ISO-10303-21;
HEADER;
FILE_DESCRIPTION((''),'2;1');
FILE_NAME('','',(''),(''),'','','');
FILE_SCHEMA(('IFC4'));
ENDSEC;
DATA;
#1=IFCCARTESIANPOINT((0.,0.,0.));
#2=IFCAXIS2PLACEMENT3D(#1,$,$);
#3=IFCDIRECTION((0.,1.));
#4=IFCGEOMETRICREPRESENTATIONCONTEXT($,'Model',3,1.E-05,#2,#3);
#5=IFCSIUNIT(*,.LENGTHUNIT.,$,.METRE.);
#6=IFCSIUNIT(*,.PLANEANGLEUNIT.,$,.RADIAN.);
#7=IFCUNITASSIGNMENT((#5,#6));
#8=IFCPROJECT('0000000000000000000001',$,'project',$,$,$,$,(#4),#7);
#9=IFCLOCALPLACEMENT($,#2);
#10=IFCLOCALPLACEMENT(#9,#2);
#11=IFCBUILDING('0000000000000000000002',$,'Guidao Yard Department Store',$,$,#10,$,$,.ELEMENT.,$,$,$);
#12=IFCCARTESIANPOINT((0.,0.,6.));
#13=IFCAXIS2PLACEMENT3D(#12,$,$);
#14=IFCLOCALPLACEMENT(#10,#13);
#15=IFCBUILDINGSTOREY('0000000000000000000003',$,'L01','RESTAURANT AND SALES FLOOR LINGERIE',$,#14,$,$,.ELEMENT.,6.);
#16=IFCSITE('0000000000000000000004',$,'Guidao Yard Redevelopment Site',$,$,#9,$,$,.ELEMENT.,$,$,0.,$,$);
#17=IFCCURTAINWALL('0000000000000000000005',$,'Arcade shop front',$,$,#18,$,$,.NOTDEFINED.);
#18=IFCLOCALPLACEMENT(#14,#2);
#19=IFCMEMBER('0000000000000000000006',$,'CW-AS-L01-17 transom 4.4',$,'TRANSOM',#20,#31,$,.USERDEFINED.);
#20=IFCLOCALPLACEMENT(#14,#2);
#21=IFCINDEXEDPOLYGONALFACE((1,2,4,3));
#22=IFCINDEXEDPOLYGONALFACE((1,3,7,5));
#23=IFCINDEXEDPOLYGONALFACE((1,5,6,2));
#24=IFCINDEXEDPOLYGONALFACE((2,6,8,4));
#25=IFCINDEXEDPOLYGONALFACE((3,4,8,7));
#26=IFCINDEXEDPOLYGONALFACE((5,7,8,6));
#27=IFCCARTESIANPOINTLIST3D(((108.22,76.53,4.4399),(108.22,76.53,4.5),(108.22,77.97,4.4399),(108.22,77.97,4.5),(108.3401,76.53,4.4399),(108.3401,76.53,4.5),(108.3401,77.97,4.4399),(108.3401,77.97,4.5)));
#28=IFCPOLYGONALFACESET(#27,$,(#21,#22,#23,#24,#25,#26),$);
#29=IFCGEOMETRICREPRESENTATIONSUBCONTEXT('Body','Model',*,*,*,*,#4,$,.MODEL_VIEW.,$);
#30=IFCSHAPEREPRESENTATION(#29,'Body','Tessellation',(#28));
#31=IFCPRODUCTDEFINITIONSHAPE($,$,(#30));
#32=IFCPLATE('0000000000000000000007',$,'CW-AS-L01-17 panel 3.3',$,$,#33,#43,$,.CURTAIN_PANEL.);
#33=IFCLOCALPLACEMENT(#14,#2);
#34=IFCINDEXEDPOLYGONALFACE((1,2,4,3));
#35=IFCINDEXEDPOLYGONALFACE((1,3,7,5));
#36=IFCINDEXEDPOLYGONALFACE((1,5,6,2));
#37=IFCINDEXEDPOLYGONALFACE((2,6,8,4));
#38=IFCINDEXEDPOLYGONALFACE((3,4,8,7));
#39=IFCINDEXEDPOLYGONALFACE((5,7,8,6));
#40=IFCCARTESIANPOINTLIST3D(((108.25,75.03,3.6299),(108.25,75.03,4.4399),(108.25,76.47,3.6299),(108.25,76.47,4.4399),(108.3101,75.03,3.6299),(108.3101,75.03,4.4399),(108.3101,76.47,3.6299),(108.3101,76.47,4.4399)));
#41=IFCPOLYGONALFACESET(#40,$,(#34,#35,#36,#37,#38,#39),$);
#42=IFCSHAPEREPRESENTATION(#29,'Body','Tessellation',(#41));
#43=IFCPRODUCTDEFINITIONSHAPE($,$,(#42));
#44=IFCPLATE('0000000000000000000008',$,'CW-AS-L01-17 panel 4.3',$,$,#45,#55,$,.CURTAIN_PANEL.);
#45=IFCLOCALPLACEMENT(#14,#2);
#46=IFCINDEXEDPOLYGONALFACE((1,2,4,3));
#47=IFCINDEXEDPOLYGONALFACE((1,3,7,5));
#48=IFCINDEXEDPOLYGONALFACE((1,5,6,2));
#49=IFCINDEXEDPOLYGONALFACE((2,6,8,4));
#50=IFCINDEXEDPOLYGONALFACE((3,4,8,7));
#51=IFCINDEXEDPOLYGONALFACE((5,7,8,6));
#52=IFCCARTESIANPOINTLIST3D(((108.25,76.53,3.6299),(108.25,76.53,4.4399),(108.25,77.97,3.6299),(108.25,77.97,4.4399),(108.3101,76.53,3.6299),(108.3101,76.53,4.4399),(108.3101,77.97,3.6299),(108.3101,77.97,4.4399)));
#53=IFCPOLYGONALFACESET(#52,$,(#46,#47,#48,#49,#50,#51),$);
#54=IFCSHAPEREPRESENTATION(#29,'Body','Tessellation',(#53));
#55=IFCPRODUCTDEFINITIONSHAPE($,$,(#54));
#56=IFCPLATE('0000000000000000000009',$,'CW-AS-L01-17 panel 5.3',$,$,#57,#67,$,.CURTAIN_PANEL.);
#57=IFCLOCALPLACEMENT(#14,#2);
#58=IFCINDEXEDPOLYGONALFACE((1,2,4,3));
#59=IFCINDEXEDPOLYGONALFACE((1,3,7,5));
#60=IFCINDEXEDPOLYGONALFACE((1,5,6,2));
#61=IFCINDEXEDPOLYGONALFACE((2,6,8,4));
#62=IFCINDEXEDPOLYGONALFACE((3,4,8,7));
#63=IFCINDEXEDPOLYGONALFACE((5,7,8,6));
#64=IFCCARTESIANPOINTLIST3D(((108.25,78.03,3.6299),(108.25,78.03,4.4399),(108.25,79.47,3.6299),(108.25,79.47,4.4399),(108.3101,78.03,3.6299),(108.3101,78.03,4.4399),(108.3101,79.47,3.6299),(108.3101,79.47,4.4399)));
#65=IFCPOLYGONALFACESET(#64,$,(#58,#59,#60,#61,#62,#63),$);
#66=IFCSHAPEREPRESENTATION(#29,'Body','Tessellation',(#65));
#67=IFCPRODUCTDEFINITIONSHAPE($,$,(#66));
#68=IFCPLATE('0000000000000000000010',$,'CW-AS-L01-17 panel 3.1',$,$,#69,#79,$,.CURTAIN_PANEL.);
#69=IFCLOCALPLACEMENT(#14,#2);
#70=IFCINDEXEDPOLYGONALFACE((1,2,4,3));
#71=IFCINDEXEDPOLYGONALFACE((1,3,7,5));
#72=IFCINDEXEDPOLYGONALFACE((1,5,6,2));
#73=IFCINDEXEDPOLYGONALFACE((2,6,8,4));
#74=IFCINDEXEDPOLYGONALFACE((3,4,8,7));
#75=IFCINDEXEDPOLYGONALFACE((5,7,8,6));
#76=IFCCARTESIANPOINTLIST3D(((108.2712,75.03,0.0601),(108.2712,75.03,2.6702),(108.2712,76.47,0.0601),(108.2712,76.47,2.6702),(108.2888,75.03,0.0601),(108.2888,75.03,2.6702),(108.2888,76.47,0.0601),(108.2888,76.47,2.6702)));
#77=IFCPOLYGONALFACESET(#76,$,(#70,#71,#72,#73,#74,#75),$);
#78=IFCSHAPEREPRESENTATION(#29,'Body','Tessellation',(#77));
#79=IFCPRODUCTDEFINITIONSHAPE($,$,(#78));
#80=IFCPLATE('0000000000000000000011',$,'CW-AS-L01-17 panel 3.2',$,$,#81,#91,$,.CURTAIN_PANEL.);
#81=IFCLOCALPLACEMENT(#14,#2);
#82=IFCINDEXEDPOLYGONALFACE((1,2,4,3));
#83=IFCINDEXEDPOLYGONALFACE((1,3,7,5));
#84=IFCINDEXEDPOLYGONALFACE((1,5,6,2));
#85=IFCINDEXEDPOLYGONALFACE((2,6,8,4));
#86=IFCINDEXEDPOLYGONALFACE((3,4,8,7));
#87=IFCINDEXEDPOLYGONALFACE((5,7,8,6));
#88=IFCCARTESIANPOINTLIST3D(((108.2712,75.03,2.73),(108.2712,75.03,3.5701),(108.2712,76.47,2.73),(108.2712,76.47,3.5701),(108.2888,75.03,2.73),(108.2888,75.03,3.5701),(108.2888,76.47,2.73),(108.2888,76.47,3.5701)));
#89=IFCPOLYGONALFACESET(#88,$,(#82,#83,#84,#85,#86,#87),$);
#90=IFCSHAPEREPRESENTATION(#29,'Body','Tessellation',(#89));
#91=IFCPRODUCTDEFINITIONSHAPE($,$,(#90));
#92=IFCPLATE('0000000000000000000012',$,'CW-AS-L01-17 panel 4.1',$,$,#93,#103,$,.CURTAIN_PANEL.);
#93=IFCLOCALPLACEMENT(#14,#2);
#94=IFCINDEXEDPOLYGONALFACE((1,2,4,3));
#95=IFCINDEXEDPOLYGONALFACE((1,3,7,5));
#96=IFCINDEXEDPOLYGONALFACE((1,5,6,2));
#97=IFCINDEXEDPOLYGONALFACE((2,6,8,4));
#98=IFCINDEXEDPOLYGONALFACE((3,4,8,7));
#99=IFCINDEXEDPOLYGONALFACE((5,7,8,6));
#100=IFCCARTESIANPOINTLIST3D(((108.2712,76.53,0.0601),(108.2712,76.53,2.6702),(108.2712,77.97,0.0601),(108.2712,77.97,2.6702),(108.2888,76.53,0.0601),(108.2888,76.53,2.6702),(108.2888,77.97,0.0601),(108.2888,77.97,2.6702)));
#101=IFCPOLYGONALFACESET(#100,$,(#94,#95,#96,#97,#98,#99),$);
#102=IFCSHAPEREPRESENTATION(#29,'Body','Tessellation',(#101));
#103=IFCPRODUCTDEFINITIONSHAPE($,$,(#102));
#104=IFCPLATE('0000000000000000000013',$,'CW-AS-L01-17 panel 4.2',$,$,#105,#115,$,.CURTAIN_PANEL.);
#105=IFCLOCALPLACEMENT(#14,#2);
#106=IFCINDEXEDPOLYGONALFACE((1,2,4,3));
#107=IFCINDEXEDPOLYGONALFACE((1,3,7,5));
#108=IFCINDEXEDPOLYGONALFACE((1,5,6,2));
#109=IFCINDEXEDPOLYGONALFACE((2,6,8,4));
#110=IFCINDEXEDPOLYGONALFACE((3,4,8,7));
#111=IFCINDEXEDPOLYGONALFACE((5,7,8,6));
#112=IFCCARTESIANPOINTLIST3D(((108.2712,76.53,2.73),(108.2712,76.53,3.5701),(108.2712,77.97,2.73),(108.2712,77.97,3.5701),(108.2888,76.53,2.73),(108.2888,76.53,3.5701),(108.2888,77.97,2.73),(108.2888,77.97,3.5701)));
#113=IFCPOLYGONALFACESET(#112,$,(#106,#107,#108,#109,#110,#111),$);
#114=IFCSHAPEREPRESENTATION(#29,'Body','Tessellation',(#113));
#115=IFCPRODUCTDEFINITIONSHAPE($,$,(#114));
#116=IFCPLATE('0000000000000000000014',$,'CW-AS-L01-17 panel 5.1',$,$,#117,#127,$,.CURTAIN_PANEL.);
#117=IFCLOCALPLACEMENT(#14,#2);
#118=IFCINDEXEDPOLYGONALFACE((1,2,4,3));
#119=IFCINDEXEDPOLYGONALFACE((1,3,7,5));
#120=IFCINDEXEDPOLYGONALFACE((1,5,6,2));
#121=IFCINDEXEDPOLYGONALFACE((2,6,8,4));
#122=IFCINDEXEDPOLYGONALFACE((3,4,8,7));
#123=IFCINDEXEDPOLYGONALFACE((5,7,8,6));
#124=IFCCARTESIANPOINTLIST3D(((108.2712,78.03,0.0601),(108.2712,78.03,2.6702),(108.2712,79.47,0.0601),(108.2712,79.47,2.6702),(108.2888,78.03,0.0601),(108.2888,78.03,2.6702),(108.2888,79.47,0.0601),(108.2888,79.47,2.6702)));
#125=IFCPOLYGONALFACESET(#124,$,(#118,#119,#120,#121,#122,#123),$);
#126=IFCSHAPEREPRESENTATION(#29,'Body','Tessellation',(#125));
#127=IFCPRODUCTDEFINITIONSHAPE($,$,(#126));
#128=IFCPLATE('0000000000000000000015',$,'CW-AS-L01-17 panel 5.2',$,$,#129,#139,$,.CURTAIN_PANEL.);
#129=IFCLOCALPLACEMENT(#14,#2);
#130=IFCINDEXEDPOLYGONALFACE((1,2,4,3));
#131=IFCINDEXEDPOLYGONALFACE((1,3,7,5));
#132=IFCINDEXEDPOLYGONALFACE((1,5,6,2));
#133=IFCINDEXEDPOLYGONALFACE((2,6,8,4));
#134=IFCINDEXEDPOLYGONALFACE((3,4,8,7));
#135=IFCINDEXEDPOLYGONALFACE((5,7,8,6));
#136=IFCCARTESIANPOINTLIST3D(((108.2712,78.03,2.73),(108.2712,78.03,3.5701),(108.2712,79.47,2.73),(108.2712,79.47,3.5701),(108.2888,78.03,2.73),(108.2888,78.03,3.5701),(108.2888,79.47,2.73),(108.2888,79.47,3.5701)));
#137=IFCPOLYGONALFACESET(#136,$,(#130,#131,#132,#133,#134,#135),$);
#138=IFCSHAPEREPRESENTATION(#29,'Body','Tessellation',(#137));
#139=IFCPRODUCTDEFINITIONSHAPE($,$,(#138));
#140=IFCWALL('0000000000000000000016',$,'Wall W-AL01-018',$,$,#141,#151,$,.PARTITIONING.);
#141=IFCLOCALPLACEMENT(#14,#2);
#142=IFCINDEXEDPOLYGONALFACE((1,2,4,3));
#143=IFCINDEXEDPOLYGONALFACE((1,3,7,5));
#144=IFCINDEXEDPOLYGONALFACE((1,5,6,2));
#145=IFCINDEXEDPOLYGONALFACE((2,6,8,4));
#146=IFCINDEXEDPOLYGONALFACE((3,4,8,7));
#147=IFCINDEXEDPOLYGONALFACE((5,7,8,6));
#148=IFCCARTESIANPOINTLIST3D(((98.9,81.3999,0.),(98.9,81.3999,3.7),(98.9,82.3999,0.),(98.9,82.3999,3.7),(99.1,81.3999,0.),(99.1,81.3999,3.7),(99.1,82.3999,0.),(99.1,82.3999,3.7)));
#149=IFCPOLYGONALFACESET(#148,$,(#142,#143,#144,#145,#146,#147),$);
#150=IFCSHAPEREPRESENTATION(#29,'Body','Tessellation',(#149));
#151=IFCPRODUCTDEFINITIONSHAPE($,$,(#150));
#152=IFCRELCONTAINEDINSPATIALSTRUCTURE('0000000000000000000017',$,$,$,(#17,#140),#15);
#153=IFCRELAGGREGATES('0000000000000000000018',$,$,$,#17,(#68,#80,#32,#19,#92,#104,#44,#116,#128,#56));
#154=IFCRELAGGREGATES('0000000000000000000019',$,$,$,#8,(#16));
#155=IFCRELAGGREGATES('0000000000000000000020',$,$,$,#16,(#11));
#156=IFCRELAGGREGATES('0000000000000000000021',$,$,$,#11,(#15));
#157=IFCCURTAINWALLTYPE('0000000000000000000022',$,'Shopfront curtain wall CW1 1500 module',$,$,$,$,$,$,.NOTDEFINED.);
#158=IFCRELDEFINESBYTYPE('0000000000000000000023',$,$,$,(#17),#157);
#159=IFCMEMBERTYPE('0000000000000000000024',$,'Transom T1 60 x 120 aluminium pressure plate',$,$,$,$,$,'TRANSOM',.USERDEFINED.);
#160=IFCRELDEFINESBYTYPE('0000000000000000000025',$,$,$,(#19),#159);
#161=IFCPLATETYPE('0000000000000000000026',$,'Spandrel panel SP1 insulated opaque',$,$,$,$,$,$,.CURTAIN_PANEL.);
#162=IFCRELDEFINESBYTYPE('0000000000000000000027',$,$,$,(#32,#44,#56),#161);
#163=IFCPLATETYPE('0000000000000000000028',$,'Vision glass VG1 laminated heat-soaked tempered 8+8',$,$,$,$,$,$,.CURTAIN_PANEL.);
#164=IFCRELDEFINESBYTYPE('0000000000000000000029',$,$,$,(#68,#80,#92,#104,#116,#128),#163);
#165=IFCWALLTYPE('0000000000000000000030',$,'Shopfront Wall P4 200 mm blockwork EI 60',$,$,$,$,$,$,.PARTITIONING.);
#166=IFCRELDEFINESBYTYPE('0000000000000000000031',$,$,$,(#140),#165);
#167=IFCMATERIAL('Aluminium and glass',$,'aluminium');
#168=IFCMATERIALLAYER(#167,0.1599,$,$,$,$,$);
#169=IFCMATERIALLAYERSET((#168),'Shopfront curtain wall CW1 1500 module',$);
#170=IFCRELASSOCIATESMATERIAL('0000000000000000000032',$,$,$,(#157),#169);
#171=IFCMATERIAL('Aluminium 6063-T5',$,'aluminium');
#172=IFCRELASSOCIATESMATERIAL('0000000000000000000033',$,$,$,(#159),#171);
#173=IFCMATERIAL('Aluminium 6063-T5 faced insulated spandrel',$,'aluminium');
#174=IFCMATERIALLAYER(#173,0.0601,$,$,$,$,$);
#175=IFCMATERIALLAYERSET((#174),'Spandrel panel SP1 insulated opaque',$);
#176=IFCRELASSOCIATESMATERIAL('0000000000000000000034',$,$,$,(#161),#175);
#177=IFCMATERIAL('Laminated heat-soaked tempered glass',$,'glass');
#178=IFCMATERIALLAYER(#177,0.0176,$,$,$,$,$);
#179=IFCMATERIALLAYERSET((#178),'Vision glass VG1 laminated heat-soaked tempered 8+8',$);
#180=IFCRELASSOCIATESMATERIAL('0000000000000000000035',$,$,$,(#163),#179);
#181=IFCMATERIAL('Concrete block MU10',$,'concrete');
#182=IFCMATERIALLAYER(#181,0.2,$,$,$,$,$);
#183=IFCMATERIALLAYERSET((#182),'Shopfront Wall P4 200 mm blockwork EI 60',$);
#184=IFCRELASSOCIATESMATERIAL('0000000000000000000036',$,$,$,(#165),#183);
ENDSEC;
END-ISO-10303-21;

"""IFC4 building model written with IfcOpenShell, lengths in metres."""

from ifc_helpers import new_model, si_unit, direction, frame, frame_2d, origin, origin_2d, place, context, subcontext, project, spatial, rectangle, extrude, material, layer, layer_set, material_profile, profile_set, type_object, element, aggregate, save


model = new_model("IFC4")

# Units and contexts
model_context = context("Model", 3, precision=1e-05, world=origin(), true_north=direction((0.0, 1.0)))
body_context = subcontext(model_context, "Body", "Model", "MODEL_VIEW")
ifc_project = project(units=[si_unit("LENGTHUNIT", "METRE"), si_unit("PLANEANGLEUNIT", "RADIAN")], contexts=[model_context])

# Site, building, storey
site_placement = place(None, origin())
site = spatial("IfcSite", under=ifc_project, at=site_placement, Name="Guidao Yard Redevelopment Site", CompositionType="ELEMENT", RefElevation=0.0)
building_placement = place(site_placement, origin())
building = spatial("IfcBuilding", under=site, at=building_placement, Name="Guidao Yard Department Store", CompositionType="ELEMENT")
storey_placement = place(building_placement, frame((0.0, 0.0, 6.0)))
storey = spatial("IfcBuildingStorey", under=building, at=storey_placement, Name="L01", Description="RESTAURANT AND SALES FLOOR LINGERIE", CompositionType="ELEMENT", Elevation=6.0)

# Curtain wall, member, plates
ifc_material_1 = material(Name="Aluminium and glass", Category="aluminium")
ifc_layer_1 = layer(ifc_material_1, 0.1599)
ifc_layer_set_1 = layer_set([ifc_layer_1], Name="Shopfront curtain wall CW1 1500 module")
curtain_wall_type = type_object("IfcCurtainWallType", Name="Shopfront curtain wall CW1 1500 module", PredefinedType="NOTDEFINED", material=ifc_layer_set_1)
curtain_wall_placement = place(storey_placement, origin())
curtain_wall = element("IfcCurtainWall", 1, at=curtain_wall_placement, inside=storey, type_object=curtain_wall_type, Name="Arcade shop front", PredefinedType="NOTDEFINED")
ifc_material_2 = material(Name="Aluminium 6063-T5", Category="aluminium")
ifc_material_profile_1 = material_profile(ifc_material_2, rectangle(XDim=0.1201, YDim=0.0601, at=origin_2d()), Name="Transom T1 60 x 120 aluminium pressure plate")
ifc_profile_set_1 = profile_set([ifc_material_profile_1], Name="Aluminium 6063-T5")
member_type_1 = type_object("IfcMemberType", Name="Transom T1 60 x 120 aluminium pressure plate", ElementType="TRANSOM", PredefinedType="USERDEFINED", material=ifc_profile_set_1)
member_1_placement = place(storey_placement, frame((108.28, 77.97, 4.47), z_axis=(0.0, -1.0, 0.0), x_axis=(1.0, 0.0, 0.0)))
member_1 = element("IfcMember", 2, at=member_1_placement, type_object=member_type_1, Name="CW-AS-L01-17 transom 4.4", ObjectType="TRANSOM", PredefinedType="USERDEFINED", context=body_context, shape_type="SweptSolid", body=[
    extrude(rectangle(XDim=0.1201, YDim=0.0601, at=origin_2d()), origin(), (0.0, 0.0, 1.0), 1.4399),
])
ifc_material_3 = material(Name="Aluminium 6063-T5 faced insulated spandrel", Category="aluminium")
ifc_layer_2 = layer(ifc_material_3, 0.0601)
ifc_layer_set_2 = layer_set([ifc_layer_2], Name="Spandrel panel SP1 insulated opaque")
plate_type_1 = type_object("IfcPlateType", Name="Spandrel panel SP1 insulated opaque", PredefinedType="CURTAIN_PANEL", material=ifc_layer_set_2)
plate_1_placement = place(storey_placement, frame((108.28, 75.75, 3.6299), z_axis=(0.0, 0.0, 1.0), x_axis=(0.0, -1.0, 0.0)))
plate_1 = element("IfcPlate", 3, at=plate_1_placement, type_object=plate_type_1, Name="CW-AS-L01-17 panel 3.3", PredefinedType="CURTAIN_PANEL", context=body_context, shape_type="SweptSolid", body=[
    extrude(rectangle(XDim=1.4399, YDim=0.0601, at=origin_2d()), origin(), (0.0, 0.0, 1.0), 0.8101),
])
plate_2_placement = place(storey_placement, frame((108.28, 77.25, 3.6299), z_axis=(0.0, 0.0, 1.0), x_axis=(0.0, -1.0, 0.0)))
plate_2 = element("IfcPlate", 4, at=plate_2_placement, type_object=plate_type_1, Name="CW-AS-L01-17 panel 4.3", PredefinedType="CURTAIN_PANEL", context=body_context, shape_type="SweptSolid", body=[
    extrude(rectangle(XDim=1.4399, YDim=0.0601, at=origin_2d()), origin(), (0.0, 0.0, 1.0), 0.8101),
])
plate_3_placement = place(storey_placement, frame((108.28, 78.75, 3.6299), z_axis=(0.0, 0.0, 1.0), x_axis=(0.0, -1.0, 0.0)))
plate_3 = element("IfcPlate", 5, at=plate_3_placement, type_object=plate_type_1, Name="CW-AS-L01-17 panel 5.3", PredefinedType="CURTAIN_PANEL", context=body_context, shape_type="SweptSolid", body=[
    extrude(rectangle(XDim=1.4399, YDim=0.0601, at=origin_2d()), origin(), (0.0, 0.0, 1.0), 0.8101),
])
ifc_material_4 = material(Name="Laminated heat-soaked tempered glass", Category="glass")
ifc_layer_3 = layer(ifc_material_4, 0.0176)
ifc_layer_set_3 = layer_set([ifc_layer_3], Name="Vision glass VG1 laminated heat-soaked tempered 8+8")
plate_type_2 = type_object("IfcPlateType", Name="Vision glass VG1 laminated heat-soaked tempered 8+8", PredefinedType="CURTAIN_PANEL", material=ifc_layer_set_3)
plate_4_placement = place(storey_placement, frame((108.28, 75.75, 0.0601), z_axis=(0.0, 0.0, 1.0), x_axis=(0.0, -1.0, 0.0)))
plate_4 = element("IfcPlate", 6, at=plate_4_placement, type_object=plate_type_2, Name="CW-AS-L01-17 panel 3.1", PredefinedType="CURTAIN_PANEL", context=body_context, shape_type="SweptSolid", body=[
    extrude(rectangle(XDim=1.4399, YDim=0.0176, at=origin_2d()), origin(), (0.0, 0.0, 1.0), 2.6101),
])
plate_5_placement = place(storey_placement, frame((108.28, 75.75, 2.73), z_axis=(0.0, 0.0, 1.0), x_axis=(0.0, -1.0, 0.0)))
plate_5 = element("IfcPlate", 7, at=plate_5_placement, type_object=plate_type_2, Name="CW-AS-L01-17 panel 3.2", PredefinedType="CURTAIN_PANEL", context=body_context, shape_type="SweptSolid", body=[
    extrude(rectangle(XDim=1.4399, YDim=0.0176, at=origin_2d()), origin(), (0.0, 0.0, 1.0), 0.8401),
])
plate_6_placement = place(storey_placement, frame((108.28, 77.25, 0.0601), z_axis=(0.0, 0.0, 1.0), x_axis=(0.0, -1.0, 0.0)))
plate_6 = element("IfcPlate", 8, at=plate_6_placement, type_object=plate_type_2, Name="CW-AS-L01-17 panel 4.1", PredefinedType="CURTAIN_PANEL", context=body_context, shape_type="SweptSolid", body=[
    extrude(rectangle(XDim=1.4399, YDim=0.0176, at=origin_2d()), origin(), (0.0, 0.0, 1.0), 2.6101),
])
plate_7_placement = place(storey_placement, frame((108.28, 77.25, 2.73), z_axis=(0.0, 0.0, 1.0), x_axis=(0.0, -1.0, 0.0)))
plate_7 = element("IfcPlate", 9, at=plate_7_placement, type_object=plate_type_2, Name="CW-AS-L01-17 panel 4.2", PredefinedType="CURTAIN_PANEL", context=body_context, shape_type="SweptSolid", body=[
    extrude(rectangle(XDim=1.4399, YDim=0.0176, at=origin_2d()), origin(), (0.0, 0.0, 1.0), 0.8401),
])
plate_8_placement = place(storey_placement, frame((108.28, 78.75, 0.0601), z_axis=(0.0, 0.0, 1.0), x_axis=(0.0, -1.0, 0.0)))
plate_8 = element("IfcPlate", 10, at=plate_8_placement, type_object=plate_type_2, Name="CW-AS-L01-17 panel 5.1", PredefinedType="CURTAIN_PANEL", context=body_context, shape_type="SweptSolid", body=[
    extrude(rectangle(XDim=1.4399, YDim=0.0176, at=origin_2d()), origin(), (0.0, 0.0, 1.0), 2.6101),
])
plate_9_placement = place(storey_placement, frame((108.28, 78.75, 2.73), z_axis=(0.0, 0.0, 1.0), x_axis=(0.0, -1.0, 0.0)))
plate_9 = element("IfcPlate", 11, at=plate_9_placement, type_object=plate_type_2, Name="CW-AS-L01-17 panel 5.2", PredefinedType="CURTAIN_PANEL", context=body_context, shape_type="SweptSolid", body=[
    extrude(rectangle(XDim=1.4399, YDim=0.0176, at=origin_2d()), origin(), (0.0, 0.0, 1.0), 0.8401),
])
aggregate(curtain_wall, [plate_4, plate_5, plate_1, member_1, plate_6, plate_7, plate_2, plate_8, plate_9, plate_3])

# Wall
ifc_material_5 = material(Name="Concrete block MU10", Category="concrete")
ifc_layer_4 = layer(ifc_material_5, 0.2)
ifc_layer_set_4 = layer_set([ifc_layer_4], Name="Shopfront Wall P4 200 mm blockwork EI 60")
wall_type = type_object("IfcWallType", Name="Shopfront Wall P4 200 mm blockwork EI 60", PredefinedType="PARTITIONING", material=ifc_layer_set_4)
wall_placement = place(storey_placement, frame((99.0, 81.3999, 0.0), z_axis=(0.0, 0.0, 1.0), x_axis=(0.0, 1.0, 0.0)))
element("IfcWall", 12, at=wall_placement, inside=storey, type_object=wall_type, Name="Wall W-AL01-018", PredefinedType="PARTITIONING", context=body_context, shape_type="SweptSolid", body=[
    extrude(rectangle(XDim=1.0, YDim=0.2, at=frame_2d((0.5, 0.0))), origin(), (0.0, 0.0, 1.0), 3.7),
])

save(model, "model.ifc")
